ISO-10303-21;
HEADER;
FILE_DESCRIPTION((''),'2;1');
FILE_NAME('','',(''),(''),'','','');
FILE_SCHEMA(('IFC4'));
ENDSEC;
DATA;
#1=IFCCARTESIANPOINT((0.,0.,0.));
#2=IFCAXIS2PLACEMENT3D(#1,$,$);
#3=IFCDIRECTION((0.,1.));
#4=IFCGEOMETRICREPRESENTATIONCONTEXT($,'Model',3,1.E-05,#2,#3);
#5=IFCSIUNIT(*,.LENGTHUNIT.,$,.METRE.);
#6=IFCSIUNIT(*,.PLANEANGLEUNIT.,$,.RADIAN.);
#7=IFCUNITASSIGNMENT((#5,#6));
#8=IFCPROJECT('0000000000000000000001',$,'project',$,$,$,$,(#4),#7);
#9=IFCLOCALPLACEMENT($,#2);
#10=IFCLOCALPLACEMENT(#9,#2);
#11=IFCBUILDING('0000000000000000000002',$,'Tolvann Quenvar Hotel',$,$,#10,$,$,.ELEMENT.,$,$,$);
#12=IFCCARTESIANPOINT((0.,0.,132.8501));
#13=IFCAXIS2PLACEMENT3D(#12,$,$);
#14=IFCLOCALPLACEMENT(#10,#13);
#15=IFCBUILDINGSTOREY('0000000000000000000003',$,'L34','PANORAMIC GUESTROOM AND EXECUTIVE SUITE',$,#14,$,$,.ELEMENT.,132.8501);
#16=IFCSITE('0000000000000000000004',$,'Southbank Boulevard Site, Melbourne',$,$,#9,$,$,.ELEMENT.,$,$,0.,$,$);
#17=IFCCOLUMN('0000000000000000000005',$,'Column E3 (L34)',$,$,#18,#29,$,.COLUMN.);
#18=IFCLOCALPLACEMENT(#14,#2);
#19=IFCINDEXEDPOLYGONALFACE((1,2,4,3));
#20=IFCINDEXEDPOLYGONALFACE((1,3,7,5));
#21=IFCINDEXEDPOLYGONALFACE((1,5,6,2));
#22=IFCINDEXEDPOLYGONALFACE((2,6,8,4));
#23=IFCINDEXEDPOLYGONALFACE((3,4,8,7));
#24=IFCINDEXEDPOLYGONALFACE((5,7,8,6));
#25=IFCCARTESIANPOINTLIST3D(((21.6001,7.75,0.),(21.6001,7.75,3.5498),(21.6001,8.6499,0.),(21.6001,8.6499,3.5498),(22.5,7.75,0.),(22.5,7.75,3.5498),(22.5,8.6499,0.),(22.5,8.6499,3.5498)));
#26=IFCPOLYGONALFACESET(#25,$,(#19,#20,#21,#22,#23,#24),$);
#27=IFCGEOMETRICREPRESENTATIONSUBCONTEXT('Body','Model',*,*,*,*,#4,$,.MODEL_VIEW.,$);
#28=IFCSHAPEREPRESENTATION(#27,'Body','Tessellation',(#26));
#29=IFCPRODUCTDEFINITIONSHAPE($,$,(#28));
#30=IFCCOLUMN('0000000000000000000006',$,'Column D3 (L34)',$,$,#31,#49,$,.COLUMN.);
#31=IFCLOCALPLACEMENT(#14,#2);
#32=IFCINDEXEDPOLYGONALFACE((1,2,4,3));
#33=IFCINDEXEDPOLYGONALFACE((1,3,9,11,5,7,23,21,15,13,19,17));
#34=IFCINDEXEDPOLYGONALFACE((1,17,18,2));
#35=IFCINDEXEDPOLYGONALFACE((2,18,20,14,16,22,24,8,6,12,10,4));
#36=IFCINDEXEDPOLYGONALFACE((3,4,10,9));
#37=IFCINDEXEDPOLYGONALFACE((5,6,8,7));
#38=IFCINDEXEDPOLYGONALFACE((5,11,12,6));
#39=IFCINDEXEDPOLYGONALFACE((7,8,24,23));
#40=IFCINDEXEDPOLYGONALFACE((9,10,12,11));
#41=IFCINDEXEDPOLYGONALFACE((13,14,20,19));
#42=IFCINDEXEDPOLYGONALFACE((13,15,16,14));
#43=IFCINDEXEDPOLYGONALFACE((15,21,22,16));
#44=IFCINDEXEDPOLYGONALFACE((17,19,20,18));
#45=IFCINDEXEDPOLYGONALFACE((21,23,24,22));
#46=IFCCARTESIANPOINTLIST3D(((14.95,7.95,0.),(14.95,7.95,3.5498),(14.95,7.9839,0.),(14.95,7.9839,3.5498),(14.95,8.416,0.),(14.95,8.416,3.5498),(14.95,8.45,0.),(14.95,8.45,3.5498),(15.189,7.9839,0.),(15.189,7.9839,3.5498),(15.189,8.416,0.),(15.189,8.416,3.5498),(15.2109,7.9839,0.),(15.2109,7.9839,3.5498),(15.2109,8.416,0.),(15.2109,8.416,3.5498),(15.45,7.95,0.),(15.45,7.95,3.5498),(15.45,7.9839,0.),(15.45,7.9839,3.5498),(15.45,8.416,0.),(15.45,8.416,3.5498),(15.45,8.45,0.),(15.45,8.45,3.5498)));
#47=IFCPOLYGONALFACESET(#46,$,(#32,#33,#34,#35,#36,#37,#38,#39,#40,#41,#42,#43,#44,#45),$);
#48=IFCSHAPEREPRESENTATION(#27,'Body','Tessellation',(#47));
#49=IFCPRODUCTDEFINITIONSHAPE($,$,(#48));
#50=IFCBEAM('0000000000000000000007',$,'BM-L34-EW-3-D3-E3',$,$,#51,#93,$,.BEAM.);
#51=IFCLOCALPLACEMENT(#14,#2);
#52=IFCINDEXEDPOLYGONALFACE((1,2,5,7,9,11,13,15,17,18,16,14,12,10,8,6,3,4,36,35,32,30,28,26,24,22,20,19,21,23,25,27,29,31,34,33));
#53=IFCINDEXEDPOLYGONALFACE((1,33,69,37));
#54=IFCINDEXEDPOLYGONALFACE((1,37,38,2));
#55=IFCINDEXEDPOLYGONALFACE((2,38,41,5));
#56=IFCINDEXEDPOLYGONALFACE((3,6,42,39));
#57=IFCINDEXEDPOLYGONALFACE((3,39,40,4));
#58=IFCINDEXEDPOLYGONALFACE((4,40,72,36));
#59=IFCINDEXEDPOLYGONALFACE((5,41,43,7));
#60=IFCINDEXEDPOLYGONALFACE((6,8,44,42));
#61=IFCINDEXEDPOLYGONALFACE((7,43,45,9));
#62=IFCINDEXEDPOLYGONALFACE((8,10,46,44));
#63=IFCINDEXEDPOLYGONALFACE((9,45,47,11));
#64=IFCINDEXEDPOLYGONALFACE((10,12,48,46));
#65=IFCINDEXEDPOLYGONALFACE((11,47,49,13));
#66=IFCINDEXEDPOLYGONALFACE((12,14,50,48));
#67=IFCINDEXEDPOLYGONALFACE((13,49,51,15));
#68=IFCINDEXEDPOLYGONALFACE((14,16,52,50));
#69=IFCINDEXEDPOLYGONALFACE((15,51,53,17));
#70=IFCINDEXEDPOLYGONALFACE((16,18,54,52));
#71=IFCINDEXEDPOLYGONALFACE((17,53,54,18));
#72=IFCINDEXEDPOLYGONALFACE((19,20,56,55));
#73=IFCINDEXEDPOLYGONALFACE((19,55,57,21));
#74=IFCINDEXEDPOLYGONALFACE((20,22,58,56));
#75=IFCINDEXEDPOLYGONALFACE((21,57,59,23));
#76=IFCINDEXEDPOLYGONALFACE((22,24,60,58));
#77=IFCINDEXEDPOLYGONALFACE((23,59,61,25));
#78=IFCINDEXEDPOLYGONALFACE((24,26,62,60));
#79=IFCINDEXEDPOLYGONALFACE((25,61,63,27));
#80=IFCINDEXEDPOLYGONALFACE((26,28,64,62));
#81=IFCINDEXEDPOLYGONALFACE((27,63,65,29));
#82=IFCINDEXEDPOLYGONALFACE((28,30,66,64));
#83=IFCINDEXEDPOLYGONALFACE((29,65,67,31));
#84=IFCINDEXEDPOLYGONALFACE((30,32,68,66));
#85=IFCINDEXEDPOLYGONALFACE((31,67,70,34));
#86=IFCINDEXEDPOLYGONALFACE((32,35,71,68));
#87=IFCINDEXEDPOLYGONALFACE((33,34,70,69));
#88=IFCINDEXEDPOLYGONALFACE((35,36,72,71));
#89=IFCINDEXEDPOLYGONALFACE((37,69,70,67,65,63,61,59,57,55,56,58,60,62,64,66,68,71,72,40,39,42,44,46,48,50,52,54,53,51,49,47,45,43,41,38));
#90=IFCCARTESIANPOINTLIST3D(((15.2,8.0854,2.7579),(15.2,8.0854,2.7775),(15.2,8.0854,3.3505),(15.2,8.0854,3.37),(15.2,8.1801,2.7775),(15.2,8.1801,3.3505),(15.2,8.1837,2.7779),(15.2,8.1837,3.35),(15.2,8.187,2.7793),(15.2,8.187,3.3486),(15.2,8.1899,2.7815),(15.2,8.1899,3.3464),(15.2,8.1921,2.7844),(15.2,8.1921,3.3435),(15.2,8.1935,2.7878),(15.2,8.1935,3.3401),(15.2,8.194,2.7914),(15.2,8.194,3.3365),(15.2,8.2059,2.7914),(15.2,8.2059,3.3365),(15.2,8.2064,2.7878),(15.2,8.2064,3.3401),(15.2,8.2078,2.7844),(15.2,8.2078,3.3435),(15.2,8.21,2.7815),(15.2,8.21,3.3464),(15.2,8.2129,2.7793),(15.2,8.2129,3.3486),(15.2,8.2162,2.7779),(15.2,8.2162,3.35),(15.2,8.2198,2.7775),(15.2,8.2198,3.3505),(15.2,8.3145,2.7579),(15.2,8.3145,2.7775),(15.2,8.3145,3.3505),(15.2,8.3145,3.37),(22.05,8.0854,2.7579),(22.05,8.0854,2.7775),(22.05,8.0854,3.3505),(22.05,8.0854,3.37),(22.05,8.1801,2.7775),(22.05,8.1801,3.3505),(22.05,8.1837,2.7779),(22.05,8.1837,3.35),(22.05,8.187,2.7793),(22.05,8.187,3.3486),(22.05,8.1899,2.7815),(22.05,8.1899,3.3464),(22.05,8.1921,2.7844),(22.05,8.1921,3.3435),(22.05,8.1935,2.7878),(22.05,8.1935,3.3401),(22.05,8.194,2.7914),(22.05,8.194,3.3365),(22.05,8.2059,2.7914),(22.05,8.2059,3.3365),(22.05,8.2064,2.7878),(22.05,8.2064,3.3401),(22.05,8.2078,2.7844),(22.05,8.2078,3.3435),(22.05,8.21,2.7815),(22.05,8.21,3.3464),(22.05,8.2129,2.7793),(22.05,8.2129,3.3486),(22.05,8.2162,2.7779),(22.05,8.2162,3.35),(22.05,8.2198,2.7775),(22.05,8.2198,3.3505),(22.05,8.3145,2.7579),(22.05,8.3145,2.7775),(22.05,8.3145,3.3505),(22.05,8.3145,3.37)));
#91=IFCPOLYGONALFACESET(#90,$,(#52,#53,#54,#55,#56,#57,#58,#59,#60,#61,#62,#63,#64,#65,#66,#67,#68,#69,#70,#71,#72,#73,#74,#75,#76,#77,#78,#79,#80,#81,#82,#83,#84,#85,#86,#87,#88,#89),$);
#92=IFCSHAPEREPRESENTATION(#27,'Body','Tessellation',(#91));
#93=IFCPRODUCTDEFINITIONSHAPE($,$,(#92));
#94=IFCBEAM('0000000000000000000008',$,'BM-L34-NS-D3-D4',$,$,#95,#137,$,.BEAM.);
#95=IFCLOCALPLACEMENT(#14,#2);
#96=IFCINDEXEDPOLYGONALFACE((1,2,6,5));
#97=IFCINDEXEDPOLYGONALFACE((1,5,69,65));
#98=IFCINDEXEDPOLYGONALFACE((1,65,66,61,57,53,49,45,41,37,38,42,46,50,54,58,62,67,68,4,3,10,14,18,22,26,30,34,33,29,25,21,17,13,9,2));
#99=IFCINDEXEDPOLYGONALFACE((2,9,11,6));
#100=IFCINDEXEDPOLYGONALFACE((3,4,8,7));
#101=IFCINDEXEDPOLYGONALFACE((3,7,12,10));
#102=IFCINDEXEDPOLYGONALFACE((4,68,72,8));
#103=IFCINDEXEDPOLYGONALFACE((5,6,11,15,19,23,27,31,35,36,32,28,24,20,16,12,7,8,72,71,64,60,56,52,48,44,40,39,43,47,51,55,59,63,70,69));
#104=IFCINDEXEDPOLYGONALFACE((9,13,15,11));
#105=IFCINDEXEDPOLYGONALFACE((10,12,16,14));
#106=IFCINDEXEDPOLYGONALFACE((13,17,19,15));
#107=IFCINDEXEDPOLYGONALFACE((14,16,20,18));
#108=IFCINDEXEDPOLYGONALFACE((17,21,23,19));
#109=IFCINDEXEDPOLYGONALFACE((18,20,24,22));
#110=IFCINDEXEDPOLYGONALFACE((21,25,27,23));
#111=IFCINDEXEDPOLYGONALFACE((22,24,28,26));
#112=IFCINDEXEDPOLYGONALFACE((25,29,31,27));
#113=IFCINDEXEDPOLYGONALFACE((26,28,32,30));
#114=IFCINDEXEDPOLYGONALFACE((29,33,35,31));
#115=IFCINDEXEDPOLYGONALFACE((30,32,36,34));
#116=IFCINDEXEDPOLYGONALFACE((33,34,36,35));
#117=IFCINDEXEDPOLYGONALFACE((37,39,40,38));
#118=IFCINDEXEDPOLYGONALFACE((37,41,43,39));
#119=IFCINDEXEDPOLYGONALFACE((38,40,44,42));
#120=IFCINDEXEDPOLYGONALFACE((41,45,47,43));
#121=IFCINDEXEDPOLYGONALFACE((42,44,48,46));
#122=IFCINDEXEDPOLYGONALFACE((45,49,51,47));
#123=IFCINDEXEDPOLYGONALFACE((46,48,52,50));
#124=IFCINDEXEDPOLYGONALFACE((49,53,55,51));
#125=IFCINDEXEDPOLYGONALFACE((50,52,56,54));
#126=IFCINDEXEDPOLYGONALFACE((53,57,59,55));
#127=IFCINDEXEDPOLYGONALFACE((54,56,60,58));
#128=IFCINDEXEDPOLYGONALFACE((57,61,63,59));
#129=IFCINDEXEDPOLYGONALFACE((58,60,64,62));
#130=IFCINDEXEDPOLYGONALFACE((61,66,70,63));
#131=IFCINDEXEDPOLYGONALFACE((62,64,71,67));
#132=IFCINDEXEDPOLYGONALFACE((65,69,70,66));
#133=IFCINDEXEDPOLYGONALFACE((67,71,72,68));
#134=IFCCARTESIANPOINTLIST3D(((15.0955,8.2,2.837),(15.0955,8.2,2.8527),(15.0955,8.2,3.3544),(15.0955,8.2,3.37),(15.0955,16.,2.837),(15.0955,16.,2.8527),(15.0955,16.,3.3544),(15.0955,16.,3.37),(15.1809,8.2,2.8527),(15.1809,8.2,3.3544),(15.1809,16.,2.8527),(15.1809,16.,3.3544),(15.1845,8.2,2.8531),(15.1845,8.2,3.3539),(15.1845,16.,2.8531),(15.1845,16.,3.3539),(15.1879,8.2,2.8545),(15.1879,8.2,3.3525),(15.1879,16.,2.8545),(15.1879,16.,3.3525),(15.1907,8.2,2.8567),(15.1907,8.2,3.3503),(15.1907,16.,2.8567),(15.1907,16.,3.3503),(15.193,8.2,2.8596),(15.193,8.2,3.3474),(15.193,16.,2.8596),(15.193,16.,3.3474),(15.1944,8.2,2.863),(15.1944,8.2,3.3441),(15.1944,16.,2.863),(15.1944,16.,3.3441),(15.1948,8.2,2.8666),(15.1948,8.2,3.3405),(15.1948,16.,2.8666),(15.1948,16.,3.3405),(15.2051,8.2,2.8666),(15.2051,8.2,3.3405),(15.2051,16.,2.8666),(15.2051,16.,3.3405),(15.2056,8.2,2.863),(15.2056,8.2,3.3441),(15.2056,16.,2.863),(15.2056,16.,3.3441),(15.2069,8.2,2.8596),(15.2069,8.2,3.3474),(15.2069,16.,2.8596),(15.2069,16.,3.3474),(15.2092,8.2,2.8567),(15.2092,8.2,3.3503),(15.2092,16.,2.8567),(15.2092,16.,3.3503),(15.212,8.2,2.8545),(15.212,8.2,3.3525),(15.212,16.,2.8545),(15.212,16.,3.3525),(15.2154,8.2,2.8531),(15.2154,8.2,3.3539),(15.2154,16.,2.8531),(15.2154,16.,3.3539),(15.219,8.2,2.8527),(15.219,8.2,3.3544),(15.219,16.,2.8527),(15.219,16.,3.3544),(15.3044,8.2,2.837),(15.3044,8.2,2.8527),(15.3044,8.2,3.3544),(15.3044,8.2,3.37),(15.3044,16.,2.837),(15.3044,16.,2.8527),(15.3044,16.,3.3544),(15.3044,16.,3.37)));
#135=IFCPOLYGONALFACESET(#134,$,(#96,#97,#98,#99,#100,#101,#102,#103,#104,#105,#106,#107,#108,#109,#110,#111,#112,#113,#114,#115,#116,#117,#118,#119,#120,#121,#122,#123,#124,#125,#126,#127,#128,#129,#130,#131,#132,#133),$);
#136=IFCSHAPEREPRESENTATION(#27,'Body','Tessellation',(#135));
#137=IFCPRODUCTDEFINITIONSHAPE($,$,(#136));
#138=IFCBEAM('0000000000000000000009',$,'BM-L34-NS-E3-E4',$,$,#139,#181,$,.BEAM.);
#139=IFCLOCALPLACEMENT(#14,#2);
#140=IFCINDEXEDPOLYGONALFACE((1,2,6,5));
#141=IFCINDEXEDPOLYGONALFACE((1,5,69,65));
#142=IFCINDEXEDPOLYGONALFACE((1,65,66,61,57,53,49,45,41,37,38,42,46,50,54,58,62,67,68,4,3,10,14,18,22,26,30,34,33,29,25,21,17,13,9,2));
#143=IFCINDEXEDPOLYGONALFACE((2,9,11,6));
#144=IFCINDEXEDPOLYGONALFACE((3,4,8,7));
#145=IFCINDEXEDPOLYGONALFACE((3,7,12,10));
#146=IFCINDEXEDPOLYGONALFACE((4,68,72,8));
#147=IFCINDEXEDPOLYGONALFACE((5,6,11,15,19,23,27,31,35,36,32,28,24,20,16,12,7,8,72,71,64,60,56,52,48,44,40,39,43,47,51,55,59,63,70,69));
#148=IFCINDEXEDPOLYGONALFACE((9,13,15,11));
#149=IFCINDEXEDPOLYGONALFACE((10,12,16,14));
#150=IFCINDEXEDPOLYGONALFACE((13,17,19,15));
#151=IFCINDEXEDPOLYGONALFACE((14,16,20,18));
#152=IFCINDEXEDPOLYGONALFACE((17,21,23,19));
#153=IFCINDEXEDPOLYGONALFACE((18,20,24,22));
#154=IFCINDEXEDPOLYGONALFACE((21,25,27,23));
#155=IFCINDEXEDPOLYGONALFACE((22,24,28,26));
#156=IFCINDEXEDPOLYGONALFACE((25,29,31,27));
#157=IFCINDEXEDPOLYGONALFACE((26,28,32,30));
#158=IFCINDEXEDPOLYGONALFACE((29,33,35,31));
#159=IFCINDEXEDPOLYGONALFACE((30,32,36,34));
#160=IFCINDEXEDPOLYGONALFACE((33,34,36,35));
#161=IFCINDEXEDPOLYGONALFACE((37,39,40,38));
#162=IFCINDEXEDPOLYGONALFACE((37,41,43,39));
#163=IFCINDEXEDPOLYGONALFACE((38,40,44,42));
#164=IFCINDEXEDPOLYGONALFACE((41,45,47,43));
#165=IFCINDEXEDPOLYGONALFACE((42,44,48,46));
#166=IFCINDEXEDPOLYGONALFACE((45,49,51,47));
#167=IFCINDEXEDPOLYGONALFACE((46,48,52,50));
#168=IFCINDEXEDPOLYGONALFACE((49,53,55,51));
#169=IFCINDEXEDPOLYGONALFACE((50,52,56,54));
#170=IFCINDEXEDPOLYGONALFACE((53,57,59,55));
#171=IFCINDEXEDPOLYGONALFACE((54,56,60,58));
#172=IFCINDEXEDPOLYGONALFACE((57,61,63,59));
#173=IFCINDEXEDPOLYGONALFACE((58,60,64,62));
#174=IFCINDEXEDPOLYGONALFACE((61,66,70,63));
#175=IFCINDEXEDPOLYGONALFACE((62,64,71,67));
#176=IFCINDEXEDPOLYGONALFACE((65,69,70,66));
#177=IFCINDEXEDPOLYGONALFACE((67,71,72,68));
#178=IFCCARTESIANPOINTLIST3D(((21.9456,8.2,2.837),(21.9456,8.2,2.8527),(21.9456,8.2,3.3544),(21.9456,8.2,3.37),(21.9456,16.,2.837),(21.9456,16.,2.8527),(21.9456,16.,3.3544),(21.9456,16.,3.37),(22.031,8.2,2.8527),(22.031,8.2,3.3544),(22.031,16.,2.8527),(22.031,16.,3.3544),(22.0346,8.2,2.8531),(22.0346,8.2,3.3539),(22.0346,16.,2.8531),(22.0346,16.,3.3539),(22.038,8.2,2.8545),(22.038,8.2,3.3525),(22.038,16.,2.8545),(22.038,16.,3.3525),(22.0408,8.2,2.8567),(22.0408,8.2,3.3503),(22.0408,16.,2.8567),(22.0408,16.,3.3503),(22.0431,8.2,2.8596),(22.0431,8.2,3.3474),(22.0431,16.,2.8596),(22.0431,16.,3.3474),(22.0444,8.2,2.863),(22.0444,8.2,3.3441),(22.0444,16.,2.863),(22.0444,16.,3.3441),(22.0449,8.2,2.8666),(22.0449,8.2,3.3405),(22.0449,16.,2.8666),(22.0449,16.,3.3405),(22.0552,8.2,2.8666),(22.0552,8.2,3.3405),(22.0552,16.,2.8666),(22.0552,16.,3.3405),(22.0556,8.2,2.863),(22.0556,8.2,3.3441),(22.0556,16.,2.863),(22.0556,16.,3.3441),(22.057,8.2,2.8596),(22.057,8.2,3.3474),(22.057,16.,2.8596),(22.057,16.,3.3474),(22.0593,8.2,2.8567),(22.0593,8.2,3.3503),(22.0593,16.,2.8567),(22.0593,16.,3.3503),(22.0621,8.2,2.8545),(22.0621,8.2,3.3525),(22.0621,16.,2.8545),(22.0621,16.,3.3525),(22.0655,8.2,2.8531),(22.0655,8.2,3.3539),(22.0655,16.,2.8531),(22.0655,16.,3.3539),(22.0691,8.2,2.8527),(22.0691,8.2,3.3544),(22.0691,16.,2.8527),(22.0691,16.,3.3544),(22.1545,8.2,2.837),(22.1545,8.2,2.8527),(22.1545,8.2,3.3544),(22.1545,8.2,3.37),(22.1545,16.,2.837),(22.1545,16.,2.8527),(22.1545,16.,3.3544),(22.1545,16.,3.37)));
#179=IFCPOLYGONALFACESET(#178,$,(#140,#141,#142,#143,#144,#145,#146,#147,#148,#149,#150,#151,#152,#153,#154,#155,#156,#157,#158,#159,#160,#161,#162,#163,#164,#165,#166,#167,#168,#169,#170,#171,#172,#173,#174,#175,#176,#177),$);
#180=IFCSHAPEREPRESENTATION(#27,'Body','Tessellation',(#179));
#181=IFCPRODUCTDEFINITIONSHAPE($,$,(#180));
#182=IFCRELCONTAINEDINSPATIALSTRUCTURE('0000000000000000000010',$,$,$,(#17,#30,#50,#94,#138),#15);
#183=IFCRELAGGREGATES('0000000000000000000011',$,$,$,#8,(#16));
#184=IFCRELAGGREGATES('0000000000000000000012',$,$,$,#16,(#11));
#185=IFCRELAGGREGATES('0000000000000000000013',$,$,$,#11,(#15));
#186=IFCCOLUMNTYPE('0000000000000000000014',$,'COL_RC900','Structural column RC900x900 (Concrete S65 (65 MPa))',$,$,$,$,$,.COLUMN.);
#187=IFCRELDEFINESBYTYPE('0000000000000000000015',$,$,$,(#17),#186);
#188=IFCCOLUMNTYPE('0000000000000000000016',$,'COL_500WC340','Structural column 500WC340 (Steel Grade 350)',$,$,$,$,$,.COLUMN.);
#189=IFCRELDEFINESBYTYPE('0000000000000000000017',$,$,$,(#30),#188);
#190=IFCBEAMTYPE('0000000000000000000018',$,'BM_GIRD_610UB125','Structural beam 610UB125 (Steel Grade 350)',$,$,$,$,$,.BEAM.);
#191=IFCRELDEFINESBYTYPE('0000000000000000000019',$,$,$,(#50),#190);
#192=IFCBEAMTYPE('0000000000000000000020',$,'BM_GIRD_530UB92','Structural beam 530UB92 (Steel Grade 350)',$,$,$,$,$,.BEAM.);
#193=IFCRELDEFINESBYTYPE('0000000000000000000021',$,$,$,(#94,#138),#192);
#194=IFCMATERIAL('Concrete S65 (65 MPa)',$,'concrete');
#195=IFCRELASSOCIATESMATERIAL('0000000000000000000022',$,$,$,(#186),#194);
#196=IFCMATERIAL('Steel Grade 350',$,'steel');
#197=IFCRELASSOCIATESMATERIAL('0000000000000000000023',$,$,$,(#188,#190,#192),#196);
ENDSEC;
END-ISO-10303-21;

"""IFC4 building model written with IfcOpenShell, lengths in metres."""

from ifc_helpers import new_model, si_unit, direction, frame, origin, origin_2d, place, context, subcontext, project, spatial, rectangle, i_section, extrude, source, transform, mapped, material, material_profile, profile_set, type_object, type_shapes, element, save


model = new_model("IFC4")

# Units and contexts
model_context = context("Model", 3, precision=1e-05, world=origin(), true_north=direction((0.0, 1.0)))
body_context = subcontext(model_context, "Body", "Model", "MODEL_VIEW")
ifc_project = project(units=[si_unit("LENGTHUNIT", "METRE"), si_unit("PLANEANGLEUNIT", "RADIAN")], contexts=[model_context])

# Site, building, storey
site_placement = place(None, origin())
site = spatial("IfcSite", under=ifc_project, at=site_placement, Name="Southbank Boulevard Site, Melbourne", CompositionType="ELEMENT", RefElevation=0.0)
building_placement = place(site_placement, origin())
building = spatial("IfcBuilding", under=site, at=building_placement, Name="Tolvann Quenvar Hotel", CompositionType="ELEMENT")
storey_placement = place(building_placement, frame((0.0, 0.0, 132.8501)))
storey = spatial("IfcBuildingStorey", under=building, at=storey_placement, Name="L34", Description="PANORAMIC GUESTROOM AND EXECUTIVE SUITE", CompositionType="ELEMENT", Elevation=132.8501)

# Columns
ifc_material_1 = material(Name="Concrete S65 (65 MPa)", Category="concrete")
ifc_material_profile_1 = material_profile(ifc_material_1, rectangle(XDim=0.8999, YDim=0.8999, at=origin_2d()), Name="RC900x900")
ifc_profile_set_1 = profile_set([ifc_material_profile_1], Name="Concrete S65 (65 MPa)")
column_type_1 = type_object("IfcColumnType", Name="COL_RC900", Description="Structural column RC900x900 (Concrete S65 (65 MPa))", PredefinedType="COLUMN", material=ifc_profile_set_1)
shared_shape_1 = source(origin(), body_context, "Body", "SweptSolid", [
    extrude(rectangle(XDim=0.8999, YDim=0.8999, at=origin_2d()), origin(), (0.0, 0.0, 1.0), 3.5498),
])
type_shapes(column_type_1, [shared_shape_1])
column_1_placement = place(storey_placement, frame((22.05, 8.2, 0.0), z_axis=(0.0, 0.0, 1.0), x_axis=(1.0, 0.0, 0.0)))
element("IfcColumn", 1, at=column_1_placement, inside=storey, type_object=column_type_1, Name="Column E3 (L34)", PredefinedType="COLUMN", context=body_context, shape_type="MappedRepresentation", body=[
    mapped(shared_shape_1, transform((0.0, 0.0, 0.0), x_axis=(1.0, 0.0, 0.0), y_axis=(0.0, 1.0, 0.0), z_axis=(0.0, 0.0, 1.0), scale=1.0)),
])
ifc_material_2 = material(Name="Steel Grade 350", Category="steel")
ifc_material_profile_2 = material_profile(ifc_material_2, i_section(OverallWidth=0.5, OverallDepth=0.5, WebThickness=0.022, FlangeThickness=0.0339, at=origin_2d()), Name="500WC340")
ifc_profile_set_2 = profile_set([ifc_material_profile_2], Name="Steel Grade 350")
column_type_2 = type_object("IfcColumnType", Name="COL_500WC340", Description="Structural column 500WC340 (Steel Grade 350)", PredefinedType="COLUMN", material=ifc_profile_set_2)
shared_shape_2 = source(origin(), body_context, "Body", "SweptSolid", [
    extrude(i_section(OverallWidth=0.5, OverallDepth=0.5, WebThickness=0.022, FlangeThickness=0.0339, at=origin_2d()), origin(), (0.0, 0.0, 1.0), 3.5498),
])
type_shapes(column_type_2, [shared_shape_2])
column_2_placement = place(storey_placement, frame((15.2, 8.2, 0.0), z_axis=(0.0, 0.0, 1.0), x_axis=(1.0, 0.0, 0.0)))
element("IfcColumn", 2, at=column_2_placement, inside=storey, type_object=column_type_2, Name="Column D3 (L34)", PredefinedType="COLUMN", context=body_context, shape_type="MappedRepresentation", body=[
    mapped(shared_shape_2, transform((0.0, 0.0, 0.0), x_axis=(1.0, 0.0, 0.0), y_axis=(0.0, 1.0, 0.0), z_axis=(0.0, 0.0, 1.0), scale=1.0)),
])

# Beams
ifc_material_profile_3 = material_profile(ifc_material_2, i_section(OverallWidth=0.229, OverallDepth=0.6121, WebThickness=0.012, FlangeThickness=0.0195, FilletRadius=0.0139, at=origin_2d()), Name="610UB125")
ifc_profile_set_3 = profile_set([ifc_material_profile_3], Name="Steel Grade 350")
beam_type_1 = type_object("IfcBeamType", Name="BM_GIRD_610UB125", Description="Structural beam 610UB125 (Steel Grade 350)", PredefinedType="BEAM", material=ifc_profile_set_3)
shared_shape_3 = source(origin(), body_context, "Body", "SweptSolid", [
    extrude(i_section(OverallWidth=0.229, OverallDepth=0.6121, WebThickness=0.012, FlangeThickness=0.0195, FilletRadius=0.0139, at=origin_2d()), origin(), (0.0, 0.0, 1.0), 6.8501),
])
type_shapes(beam_type_1, [shared_shape_3])
beam_placement = place(storey_placement, frame((15.2, 8.2, 3.064), z_axis=(1.0, 0.0, 0.0), x_axis=(0.0, 1.0, 0.0)))
element("IfcBeam", 3, at=beam_placement, inside=storey, type_object=beam_type_1, Name="BM-L34-EW-3-D3-E3", PredefinedType="BEAM", context=body_context, shape_type="MappedRepresentation", body=[
    mapped(shared_shape_3, transform((0.0, 0.0, 0.0), x_axis=(1.0, 0.0, 0.0), y_axis=(0.0, 1.0, 0.0), z_axis=(0.0, 0.0, 1.0), scale=1.0)),
])
ifc_material_profile_4 = material_profile(ifc_material_2, i_section(OverallWidth=0.209, OverallDepth=0.533, WebThickness=0.0103, FlangeThickness=0.0156, FilletRadius=0.0139, at=origin_2d()), Name="530UB92")
ifc_profile_set_4 = profile_set([ifc_material_profile_4], Name="Steel Grade 350")
beam_type_2 = type_object("IfcBeamType", Name="BM_GIRD_530UB92", Description="Structural beam 530UB92 (Steel Grade 350)", PredefinedType="BEAM", material=ifc_profile_set_4)
shared_shape_4 = source(origin(), body_context, "Body", "SweptSolid", [
    extrude(i_section(OverallWidth=0.209, OverallDepth=0.533, WebThickness=0.0103, FlangeThickness=0.0156, FilletRadius=0.0139, at=origin_2d()), origin(), (0.0, 0.0, 1.0), 7.8),
])
type_shapes(beam_type_2, [shared_shape_4])
for number, where, z_axis, x_axis, name in (
    (4, (15.2, 8.2, 3.1035), (0.0, 1.0, 0.0), (-1.0, 0.0, 0.0), "BM-L34-NS-D3-D4"),
    (5, (22.05, 8.2, 3.1035), (0.0, 1.0, 0.0), (-1.0, 0.0, 0.0), "BM-L34-NS-E3-E4"),
):
    element("IfcBeam", number, at=place(storey_placement, frame(where, z_axis=z_axis, x_axis=x_axis)), inside=storey, type_object=beam_type_2, Name=name, PredefinedType="BEAM", context=body_context, shape_type="MappedRepresentation", body=[
        mapped(shared_shape_4, transform((0.0, 0.0, 0.0), x_axis=(1.0, 0.0, 0.0), y_axis=(0.0, 1.0, 0.0), z_axis=(0.0, 0.0, 1.0), scale=1.0)),
    ])

save(model, "model.ifc")
